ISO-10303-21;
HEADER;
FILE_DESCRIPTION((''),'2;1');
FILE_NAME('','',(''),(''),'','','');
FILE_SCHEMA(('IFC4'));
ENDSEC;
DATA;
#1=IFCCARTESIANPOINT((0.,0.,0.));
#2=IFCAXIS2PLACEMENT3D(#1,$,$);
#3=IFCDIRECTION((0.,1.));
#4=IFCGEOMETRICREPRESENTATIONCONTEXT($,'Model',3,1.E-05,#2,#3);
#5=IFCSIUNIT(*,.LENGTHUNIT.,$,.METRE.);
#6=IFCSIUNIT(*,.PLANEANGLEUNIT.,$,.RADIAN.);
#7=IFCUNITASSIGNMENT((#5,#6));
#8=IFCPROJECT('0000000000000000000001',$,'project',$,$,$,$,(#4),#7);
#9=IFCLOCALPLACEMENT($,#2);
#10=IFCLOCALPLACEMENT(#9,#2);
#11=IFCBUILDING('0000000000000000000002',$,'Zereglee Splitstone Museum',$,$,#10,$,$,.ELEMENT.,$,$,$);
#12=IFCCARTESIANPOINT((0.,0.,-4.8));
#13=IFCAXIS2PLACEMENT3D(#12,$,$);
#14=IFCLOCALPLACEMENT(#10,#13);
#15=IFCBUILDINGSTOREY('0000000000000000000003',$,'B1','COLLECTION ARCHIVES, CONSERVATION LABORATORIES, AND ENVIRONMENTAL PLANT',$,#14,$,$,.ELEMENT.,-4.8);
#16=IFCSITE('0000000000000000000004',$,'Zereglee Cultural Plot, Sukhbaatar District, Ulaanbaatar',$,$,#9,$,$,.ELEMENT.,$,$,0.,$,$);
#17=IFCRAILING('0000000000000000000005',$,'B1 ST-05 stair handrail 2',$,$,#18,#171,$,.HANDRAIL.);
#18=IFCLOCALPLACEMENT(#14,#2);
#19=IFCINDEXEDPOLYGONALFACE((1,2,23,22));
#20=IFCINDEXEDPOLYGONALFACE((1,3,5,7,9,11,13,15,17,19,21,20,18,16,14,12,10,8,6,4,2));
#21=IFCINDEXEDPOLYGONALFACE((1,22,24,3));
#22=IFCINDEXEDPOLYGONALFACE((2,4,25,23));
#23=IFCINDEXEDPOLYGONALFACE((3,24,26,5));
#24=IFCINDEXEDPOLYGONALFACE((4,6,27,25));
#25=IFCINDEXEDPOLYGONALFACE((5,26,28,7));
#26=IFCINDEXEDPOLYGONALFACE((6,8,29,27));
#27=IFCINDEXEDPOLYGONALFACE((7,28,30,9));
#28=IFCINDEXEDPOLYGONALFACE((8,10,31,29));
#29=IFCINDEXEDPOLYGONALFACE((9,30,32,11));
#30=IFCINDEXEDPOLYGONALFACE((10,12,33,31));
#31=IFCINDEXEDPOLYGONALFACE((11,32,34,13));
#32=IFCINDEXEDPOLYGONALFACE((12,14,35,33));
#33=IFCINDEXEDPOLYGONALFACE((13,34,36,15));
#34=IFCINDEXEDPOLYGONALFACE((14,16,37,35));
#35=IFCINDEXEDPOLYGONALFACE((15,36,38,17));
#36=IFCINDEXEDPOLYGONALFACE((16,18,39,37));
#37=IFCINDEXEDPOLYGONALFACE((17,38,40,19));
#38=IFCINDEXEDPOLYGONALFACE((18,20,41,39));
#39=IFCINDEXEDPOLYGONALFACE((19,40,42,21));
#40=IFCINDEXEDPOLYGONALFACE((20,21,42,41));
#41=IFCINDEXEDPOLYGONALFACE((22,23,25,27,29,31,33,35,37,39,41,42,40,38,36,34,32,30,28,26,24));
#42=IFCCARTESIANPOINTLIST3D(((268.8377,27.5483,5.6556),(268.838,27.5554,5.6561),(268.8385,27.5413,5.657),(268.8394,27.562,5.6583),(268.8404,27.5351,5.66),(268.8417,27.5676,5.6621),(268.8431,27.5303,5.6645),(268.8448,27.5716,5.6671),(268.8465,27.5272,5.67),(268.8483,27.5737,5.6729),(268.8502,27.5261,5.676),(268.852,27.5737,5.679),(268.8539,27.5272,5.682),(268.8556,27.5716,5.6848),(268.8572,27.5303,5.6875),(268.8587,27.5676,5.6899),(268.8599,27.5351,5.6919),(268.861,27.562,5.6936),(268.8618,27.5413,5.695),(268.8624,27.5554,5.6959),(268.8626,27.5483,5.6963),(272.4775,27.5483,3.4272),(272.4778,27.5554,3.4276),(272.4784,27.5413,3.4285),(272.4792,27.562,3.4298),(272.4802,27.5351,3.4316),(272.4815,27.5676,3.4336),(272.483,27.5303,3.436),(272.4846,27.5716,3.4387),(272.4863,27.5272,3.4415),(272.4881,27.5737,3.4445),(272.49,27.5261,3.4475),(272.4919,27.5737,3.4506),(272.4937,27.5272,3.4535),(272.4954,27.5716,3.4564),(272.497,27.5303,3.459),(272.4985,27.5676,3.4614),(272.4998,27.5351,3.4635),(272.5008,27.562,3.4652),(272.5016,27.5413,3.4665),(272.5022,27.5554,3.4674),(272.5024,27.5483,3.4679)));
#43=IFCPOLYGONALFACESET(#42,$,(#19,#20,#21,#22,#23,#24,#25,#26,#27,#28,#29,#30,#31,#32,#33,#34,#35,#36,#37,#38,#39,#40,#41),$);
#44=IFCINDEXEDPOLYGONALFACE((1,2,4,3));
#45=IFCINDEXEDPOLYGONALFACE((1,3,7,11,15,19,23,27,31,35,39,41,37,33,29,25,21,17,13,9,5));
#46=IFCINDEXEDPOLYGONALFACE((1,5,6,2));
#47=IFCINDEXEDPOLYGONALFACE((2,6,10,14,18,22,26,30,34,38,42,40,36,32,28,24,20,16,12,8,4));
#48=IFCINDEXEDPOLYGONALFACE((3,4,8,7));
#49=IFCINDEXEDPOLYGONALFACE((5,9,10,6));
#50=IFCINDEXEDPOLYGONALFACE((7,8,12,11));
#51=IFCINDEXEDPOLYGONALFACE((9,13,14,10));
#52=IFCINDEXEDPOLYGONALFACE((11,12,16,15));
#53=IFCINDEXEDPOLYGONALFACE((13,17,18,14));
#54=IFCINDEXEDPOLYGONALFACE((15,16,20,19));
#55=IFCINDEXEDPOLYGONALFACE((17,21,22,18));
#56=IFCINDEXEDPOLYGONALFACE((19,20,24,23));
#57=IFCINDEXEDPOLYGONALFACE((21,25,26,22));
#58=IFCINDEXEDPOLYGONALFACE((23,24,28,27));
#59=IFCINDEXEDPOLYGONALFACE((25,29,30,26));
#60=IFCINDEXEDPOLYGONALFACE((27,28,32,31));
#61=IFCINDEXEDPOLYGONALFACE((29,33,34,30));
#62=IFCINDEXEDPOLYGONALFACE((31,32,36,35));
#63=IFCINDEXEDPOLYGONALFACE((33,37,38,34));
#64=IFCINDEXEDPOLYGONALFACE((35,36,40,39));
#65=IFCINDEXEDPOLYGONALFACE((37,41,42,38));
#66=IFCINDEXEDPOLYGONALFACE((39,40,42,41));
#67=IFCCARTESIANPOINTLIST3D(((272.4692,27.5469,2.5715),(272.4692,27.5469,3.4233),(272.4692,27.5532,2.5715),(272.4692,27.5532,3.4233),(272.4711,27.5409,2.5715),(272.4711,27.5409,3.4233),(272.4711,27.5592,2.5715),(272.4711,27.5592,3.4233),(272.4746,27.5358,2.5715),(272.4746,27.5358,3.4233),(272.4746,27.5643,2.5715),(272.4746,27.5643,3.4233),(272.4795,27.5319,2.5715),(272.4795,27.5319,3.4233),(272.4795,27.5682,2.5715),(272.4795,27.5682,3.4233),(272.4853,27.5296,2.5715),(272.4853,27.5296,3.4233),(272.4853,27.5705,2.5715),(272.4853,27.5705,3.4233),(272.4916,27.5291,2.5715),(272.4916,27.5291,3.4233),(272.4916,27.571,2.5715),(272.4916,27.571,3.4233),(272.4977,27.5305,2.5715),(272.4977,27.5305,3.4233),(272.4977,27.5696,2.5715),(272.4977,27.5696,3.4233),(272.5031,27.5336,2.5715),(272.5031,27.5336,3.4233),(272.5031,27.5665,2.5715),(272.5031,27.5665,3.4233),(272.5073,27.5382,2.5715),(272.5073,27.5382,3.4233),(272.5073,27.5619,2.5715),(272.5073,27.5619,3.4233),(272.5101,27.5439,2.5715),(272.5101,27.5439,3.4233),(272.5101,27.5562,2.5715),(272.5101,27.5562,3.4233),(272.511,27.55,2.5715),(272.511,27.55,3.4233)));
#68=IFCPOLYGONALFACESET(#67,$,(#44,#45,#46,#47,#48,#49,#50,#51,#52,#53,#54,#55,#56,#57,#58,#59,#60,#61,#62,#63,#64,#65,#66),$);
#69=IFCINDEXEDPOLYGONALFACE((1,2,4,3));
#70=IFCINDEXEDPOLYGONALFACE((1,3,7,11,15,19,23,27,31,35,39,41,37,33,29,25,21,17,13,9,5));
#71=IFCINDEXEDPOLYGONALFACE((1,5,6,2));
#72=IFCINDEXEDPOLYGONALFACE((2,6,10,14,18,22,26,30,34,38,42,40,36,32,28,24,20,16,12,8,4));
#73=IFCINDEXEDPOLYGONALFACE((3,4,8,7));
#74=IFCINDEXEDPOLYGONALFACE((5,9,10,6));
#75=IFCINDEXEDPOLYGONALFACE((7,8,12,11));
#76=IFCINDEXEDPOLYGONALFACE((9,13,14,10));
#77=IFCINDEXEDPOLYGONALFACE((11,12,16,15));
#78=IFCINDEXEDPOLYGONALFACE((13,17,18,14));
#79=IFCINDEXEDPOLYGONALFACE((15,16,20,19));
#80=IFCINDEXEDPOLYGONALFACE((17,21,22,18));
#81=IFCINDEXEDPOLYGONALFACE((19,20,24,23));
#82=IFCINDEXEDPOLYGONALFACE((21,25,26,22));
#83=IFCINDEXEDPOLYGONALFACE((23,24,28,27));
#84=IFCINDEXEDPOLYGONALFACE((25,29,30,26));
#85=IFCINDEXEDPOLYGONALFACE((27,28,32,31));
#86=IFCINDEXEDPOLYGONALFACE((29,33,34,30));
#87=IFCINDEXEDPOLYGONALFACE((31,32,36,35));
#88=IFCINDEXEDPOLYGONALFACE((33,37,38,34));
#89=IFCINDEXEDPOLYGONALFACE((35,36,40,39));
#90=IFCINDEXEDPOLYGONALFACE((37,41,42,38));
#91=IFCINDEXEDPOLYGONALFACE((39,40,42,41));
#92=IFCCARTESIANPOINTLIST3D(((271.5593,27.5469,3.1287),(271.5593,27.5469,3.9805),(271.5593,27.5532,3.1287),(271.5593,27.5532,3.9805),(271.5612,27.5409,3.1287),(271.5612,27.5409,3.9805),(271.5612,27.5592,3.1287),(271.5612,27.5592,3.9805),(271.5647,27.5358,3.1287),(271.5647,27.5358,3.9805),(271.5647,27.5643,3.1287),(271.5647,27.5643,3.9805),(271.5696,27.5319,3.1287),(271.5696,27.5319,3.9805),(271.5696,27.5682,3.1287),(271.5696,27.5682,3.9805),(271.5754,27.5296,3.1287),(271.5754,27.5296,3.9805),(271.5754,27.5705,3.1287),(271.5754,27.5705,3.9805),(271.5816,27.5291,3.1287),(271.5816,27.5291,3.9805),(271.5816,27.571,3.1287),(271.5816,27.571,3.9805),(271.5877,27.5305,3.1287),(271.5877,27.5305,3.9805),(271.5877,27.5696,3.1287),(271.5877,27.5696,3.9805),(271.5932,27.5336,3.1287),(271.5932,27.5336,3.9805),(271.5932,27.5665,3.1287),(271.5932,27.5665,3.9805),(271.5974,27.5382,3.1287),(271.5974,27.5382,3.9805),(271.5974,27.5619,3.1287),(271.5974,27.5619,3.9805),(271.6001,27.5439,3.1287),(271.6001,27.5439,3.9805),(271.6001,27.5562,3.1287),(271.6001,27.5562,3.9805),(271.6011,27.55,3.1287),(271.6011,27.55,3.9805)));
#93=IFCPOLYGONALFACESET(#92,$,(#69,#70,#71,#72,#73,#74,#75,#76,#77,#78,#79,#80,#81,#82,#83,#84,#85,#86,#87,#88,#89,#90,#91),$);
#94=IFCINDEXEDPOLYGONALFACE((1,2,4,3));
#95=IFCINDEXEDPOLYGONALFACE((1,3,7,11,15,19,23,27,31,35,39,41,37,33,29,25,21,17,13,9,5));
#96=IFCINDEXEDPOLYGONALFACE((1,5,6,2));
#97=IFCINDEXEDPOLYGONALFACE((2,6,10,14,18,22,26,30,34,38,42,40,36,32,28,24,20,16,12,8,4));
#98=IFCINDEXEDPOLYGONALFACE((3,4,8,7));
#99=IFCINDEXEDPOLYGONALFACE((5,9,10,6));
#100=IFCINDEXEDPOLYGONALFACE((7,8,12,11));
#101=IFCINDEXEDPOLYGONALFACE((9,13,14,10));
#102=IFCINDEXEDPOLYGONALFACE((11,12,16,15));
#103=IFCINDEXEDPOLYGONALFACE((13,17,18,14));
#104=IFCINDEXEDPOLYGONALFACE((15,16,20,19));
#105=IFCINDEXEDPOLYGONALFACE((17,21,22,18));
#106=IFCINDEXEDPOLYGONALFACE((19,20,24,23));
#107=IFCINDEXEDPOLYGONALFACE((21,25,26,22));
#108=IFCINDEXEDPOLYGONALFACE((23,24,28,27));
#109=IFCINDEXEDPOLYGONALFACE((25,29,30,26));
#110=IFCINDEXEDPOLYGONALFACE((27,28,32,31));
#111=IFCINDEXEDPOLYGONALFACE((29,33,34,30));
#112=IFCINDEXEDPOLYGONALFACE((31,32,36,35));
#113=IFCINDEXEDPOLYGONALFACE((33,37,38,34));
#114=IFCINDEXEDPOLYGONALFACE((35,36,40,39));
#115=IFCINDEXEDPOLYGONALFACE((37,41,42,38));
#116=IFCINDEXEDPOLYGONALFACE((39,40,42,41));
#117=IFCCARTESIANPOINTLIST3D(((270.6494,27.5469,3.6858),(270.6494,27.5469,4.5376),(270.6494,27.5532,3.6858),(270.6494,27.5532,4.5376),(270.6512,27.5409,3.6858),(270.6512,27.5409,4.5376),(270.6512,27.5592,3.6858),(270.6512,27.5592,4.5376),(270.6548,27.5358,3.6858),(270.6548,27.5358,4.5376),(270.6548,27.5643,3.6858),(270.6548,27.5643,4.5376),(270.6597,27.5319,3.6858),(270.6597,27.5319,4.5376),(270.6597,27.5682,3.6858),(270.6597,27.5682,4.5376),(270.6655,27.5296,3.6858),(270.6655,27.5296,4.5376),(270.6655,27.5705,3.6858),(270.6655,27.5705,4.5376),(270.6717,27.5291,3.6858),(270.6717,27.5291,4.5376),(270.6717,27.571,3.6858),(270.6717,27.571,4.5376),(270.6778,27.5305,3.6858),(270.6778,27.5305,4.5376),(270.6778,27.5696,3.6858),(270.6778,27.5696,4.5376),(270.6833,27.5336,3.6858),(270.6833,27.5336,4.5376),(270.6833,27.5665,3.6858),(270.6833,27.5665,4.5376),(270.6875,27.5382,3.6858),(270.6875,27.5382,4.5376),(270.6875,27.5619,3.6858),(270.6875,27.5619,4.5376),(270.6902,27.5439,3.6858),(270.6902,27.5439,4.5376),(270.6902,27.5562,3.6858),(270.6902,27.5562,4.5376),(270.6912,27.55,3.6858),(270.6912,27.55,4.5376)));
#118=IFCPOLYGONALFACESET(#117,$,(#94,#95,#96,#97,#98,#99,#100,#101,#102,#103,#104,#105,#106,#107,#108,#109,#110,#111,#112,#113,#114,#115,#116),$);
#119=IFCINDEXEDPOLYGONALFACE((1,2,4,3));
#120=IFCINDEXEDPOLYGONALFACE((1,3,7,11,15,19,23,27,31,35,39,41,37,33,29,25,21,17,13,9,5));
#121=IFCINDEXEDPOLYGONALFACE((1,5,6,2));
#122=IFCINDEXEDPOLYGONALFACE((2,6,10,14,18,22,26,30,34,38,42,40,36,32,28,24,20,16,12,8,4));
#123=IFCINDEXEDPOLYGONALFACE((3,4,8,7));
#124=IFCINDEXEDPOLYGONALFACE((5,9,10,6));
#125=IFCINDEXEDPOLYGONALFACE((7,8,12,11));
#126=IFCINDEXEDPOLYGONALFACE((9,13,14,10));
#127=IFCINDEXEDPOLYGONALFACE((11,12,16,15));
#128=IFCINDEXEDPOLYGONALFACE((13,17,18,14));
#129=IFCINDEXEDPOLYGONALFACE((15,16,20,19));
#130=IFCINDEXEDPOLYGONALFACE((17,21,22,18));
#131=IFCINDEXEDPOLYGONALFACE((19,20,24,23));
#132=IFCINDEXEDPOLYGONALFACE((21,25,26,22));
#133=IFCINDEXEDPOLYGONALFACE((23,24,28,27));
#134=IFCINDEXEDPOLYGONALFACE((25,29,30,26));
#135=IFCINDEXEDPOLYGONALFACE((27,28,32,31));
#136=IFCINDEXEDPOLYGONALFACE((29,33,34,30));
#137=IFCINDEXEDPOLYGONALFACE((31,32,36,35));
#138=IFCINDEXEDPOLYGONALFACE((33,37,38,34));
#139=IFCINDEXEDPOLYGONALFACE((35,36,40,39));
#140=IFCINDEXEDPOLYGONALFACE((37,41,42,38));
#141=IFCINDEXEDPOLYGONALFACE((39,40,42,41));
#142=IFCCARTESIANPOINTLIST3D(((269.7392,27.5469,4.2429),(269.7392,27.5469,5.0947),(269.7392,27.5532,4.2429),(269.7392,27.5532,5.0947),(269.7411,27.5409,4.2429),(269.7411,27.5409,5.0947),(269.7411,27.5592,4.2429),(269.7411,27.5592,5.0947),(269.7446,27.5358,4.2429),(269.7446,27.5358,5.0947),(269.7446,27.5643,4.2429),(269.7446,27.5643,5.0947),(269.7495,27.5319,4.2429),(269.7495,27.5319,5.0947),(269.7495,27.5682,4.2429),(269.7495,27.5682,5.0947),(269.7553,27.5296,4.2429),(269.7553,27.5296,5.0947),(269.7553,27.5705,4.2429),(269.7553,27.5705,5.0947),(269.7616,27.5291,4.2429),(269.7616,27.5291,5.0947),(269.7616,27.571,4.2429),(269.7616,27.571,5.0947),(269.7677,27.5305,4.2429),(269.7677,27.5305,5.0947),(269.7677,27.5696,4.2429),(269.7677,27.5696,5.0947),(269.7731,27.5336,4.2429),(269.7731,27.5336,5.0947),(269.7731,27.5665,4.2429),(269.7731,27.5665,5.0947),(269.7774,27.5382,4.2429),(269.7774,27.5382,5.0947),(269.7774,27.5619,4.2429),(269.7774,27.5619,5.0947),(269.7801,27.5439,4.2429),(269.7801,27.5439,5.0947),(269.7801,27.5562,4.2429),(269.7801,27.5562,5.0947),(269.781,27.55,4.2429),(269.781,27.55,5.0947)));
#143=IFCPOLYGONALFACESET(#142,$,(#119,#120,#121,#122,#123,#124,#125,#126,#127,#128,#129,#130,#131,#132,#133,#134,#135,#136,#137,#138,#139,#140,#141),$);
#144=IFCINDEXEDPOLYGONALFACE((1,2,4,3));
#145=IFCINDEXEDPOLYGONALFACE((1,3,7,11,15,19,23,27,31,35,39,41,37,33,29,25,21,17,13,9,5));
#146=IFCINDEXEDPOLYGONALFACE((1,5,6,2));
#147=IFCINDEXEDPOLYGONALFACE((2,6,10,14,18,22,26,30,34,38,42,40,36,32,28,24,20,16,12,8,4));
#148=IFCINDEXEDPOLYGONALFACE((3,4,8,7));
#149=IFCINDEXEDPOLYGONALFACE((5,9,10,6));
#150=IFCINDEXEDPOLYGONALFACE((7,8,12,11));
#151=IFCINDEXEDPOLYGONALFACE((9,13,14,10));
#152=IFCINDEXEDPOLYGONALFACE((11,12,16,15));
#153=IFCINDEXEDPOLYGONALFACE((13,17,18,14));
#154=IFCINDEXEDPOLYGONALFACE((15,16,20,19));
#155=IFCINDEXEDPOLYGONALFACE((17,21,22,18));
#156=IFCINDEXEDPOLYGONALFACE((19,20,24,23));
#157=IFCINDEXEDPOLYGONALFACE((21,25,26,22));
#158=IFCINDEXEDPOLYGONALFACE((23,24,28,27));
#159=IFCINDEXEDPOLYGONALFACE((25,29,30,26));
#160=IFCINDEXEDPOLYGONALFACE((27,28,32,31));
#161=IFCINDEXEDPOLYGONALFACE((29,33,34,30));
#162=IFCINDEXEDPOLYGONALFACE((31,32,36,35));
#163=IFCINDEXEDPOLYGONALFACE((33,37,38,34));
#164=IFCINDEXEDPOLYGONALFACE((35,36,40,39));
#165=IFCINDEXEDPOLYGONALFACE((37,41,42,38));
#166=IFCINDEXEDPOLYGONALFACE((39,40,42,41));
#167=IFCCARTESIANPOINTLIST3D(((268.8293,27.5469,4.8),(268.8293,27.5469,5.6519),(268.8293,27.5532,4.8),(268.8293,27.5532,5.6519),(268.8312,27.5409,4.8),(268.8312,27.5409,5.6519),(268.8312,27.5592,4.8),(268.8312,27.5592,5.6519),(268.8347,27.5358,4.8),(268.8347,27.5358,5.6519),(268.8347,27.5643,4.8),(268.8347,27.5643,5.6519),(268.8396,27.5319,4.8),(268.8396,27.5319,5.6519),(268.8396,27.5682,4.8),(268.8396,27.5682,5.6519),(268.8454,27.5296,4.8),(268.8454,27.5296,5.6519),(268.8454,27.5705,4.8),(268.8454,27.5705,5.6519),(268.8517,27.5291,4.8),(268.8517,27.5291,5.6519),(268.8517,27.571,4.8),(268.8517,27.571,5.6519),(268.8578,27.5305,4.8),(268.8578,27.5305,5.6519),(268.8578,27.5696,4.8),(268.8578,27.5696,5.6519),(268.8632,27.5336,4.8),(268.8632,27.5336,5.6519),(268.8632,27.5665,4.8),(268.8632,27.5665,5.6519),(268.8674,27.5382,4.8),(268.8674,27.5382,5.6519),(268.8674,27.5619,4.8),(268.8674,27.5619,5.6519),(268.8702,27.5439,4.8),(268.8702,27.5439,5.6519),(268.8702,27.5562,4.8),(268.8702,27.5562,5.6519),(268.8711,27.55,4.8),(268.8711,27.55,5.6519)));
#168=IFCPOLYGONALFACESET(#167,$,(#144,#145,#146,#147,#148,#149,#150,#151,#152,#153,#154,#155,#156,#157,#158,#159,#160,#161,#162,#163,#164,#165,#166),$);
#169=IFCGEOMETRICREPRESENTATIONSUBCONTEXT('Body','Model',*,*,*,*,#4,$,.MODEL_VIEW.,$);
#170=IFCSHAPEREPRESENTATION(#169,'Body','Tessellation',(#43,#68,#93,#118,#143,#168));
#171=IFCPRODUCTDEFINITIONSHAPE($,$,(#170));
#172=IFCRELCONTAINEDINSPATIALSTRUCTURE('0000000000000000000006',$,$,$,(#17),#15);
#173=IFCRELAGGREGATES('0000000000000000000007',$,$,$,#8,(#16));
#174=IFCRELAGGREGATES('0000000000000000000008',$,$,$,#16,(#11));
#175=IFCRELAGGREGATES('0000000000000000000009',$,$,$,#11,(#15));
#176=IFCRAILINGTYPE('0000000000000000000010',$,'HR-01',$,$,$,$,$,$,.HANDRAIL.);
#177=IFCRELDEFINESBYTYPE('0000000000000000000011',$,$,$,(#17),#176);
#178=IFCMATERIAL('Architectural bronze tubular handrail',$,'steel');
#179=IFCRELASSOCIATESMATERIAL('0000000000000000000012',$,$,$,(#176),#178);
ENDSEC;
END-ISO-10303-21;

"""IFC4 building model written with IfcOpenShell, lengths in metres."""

from ifc_helpers import new_model, si_unit, direction, frame, origin, origin_2d, place, context, subcontext, project, spatial, circle, extrude, material, type_object, element, save


model = new_model("IFC4")

# Units and contexts
model_context = context("Model", 3, precision=1e-05, world=origin(), true_north=direction((0.0, 1.0)))
body_context = subcontext(model_context, "Body", "Model", "MODEL_VIEW")
ifc_project = project(units=[si_unit("LENGTHUNIT", "METRE"), si_unit("PLANEANGLEUNIT", "RADIAN")], contexts=[model_context])

# Site, building, storey
site_placement = place(None, origin())
site = spatial("IfcSite", under=ifc_project, at=site_placement, Name="Zereglee Cultural Plot, Sukhbaatar District, Ulaanbaatar", CompositionType="ELEMENT", RefElevation=0.0)
building_placement = place(site_placement, origin())
building = spatial("IfcBuilding", under=site, at=building_placement, Name="Zereglee Splitstone Museum", CompositionType="ELEMENT")
storey_placement = place(building_placement, frame((0.0, 0.0, -4.8)))
storey = spatial("IfcBuildingStorey", under=building, at=storey_placement, Name="B1", Description="COLLECTION ARCHIVES, CONSERVATION LABORATORIES, AND ENVIRONMENTAL PLANT", CompositionType="ELEMENT", Elevation=-4.8)

# Railing
ifc_material_1 = material(Name="Architectural bronze tubular handrail", Category="steel")
railing_type_1 = type_object("IfcRailingType", Name="HR-01", PredefinedType="HANDRAIL", material=ifc_material_1)
railing_1_placement = place(storey_placement, frame((272.49, 27.55, 2.5715)))
element("IfcRailing", 1, at=railing_1_placement, inside=storey, type_object=railing_type_1, Name="B1 ST-05 stair handrail 2", PredefinedType="HANDRAIL", context=body_context, shape_type="SweptSolid", body=[
    extrude(circle(Radius=0.0239, at=origin_2d()), frame((0.0, 0.0, 0.876), z_axis=(-0.85285, 0.0, 0.522156), x_axis=(0.0, -1.0, 0.0)), (0.0, 0.0, 1.0), 4.2678),
    extrude(circle(Radius=0.021, at=origin_2d()), origin(), (0.0, 0.0, 1.0), 0.8518),
    extrude(circle(Radius=0.021, at=origin_2d()), frame((-0.9099, 0.0, 0.5571)), (0.0, 0.0, 1.0), 0.8518),
    extrude(circle(Radius=0.021, at=origin_2d()), frame((-1.8198, 0.0, 1.1143)), (0.0, 0.0, 1.0), 0.8518),
    extrude(circle(Radius=0.021, at=origin_2d()), frame((-2.73, 0.0, 1.6714)), (0.0, 0.0, 1.0), 0.8518),
    extrude(circle(Radius=0.021, at=origin_2d()), frame((-3.6399, 0.0, 2.2285)), (0.0, 0.0, 1.0), 0.8518),
])

save(model, "model.ifc")
